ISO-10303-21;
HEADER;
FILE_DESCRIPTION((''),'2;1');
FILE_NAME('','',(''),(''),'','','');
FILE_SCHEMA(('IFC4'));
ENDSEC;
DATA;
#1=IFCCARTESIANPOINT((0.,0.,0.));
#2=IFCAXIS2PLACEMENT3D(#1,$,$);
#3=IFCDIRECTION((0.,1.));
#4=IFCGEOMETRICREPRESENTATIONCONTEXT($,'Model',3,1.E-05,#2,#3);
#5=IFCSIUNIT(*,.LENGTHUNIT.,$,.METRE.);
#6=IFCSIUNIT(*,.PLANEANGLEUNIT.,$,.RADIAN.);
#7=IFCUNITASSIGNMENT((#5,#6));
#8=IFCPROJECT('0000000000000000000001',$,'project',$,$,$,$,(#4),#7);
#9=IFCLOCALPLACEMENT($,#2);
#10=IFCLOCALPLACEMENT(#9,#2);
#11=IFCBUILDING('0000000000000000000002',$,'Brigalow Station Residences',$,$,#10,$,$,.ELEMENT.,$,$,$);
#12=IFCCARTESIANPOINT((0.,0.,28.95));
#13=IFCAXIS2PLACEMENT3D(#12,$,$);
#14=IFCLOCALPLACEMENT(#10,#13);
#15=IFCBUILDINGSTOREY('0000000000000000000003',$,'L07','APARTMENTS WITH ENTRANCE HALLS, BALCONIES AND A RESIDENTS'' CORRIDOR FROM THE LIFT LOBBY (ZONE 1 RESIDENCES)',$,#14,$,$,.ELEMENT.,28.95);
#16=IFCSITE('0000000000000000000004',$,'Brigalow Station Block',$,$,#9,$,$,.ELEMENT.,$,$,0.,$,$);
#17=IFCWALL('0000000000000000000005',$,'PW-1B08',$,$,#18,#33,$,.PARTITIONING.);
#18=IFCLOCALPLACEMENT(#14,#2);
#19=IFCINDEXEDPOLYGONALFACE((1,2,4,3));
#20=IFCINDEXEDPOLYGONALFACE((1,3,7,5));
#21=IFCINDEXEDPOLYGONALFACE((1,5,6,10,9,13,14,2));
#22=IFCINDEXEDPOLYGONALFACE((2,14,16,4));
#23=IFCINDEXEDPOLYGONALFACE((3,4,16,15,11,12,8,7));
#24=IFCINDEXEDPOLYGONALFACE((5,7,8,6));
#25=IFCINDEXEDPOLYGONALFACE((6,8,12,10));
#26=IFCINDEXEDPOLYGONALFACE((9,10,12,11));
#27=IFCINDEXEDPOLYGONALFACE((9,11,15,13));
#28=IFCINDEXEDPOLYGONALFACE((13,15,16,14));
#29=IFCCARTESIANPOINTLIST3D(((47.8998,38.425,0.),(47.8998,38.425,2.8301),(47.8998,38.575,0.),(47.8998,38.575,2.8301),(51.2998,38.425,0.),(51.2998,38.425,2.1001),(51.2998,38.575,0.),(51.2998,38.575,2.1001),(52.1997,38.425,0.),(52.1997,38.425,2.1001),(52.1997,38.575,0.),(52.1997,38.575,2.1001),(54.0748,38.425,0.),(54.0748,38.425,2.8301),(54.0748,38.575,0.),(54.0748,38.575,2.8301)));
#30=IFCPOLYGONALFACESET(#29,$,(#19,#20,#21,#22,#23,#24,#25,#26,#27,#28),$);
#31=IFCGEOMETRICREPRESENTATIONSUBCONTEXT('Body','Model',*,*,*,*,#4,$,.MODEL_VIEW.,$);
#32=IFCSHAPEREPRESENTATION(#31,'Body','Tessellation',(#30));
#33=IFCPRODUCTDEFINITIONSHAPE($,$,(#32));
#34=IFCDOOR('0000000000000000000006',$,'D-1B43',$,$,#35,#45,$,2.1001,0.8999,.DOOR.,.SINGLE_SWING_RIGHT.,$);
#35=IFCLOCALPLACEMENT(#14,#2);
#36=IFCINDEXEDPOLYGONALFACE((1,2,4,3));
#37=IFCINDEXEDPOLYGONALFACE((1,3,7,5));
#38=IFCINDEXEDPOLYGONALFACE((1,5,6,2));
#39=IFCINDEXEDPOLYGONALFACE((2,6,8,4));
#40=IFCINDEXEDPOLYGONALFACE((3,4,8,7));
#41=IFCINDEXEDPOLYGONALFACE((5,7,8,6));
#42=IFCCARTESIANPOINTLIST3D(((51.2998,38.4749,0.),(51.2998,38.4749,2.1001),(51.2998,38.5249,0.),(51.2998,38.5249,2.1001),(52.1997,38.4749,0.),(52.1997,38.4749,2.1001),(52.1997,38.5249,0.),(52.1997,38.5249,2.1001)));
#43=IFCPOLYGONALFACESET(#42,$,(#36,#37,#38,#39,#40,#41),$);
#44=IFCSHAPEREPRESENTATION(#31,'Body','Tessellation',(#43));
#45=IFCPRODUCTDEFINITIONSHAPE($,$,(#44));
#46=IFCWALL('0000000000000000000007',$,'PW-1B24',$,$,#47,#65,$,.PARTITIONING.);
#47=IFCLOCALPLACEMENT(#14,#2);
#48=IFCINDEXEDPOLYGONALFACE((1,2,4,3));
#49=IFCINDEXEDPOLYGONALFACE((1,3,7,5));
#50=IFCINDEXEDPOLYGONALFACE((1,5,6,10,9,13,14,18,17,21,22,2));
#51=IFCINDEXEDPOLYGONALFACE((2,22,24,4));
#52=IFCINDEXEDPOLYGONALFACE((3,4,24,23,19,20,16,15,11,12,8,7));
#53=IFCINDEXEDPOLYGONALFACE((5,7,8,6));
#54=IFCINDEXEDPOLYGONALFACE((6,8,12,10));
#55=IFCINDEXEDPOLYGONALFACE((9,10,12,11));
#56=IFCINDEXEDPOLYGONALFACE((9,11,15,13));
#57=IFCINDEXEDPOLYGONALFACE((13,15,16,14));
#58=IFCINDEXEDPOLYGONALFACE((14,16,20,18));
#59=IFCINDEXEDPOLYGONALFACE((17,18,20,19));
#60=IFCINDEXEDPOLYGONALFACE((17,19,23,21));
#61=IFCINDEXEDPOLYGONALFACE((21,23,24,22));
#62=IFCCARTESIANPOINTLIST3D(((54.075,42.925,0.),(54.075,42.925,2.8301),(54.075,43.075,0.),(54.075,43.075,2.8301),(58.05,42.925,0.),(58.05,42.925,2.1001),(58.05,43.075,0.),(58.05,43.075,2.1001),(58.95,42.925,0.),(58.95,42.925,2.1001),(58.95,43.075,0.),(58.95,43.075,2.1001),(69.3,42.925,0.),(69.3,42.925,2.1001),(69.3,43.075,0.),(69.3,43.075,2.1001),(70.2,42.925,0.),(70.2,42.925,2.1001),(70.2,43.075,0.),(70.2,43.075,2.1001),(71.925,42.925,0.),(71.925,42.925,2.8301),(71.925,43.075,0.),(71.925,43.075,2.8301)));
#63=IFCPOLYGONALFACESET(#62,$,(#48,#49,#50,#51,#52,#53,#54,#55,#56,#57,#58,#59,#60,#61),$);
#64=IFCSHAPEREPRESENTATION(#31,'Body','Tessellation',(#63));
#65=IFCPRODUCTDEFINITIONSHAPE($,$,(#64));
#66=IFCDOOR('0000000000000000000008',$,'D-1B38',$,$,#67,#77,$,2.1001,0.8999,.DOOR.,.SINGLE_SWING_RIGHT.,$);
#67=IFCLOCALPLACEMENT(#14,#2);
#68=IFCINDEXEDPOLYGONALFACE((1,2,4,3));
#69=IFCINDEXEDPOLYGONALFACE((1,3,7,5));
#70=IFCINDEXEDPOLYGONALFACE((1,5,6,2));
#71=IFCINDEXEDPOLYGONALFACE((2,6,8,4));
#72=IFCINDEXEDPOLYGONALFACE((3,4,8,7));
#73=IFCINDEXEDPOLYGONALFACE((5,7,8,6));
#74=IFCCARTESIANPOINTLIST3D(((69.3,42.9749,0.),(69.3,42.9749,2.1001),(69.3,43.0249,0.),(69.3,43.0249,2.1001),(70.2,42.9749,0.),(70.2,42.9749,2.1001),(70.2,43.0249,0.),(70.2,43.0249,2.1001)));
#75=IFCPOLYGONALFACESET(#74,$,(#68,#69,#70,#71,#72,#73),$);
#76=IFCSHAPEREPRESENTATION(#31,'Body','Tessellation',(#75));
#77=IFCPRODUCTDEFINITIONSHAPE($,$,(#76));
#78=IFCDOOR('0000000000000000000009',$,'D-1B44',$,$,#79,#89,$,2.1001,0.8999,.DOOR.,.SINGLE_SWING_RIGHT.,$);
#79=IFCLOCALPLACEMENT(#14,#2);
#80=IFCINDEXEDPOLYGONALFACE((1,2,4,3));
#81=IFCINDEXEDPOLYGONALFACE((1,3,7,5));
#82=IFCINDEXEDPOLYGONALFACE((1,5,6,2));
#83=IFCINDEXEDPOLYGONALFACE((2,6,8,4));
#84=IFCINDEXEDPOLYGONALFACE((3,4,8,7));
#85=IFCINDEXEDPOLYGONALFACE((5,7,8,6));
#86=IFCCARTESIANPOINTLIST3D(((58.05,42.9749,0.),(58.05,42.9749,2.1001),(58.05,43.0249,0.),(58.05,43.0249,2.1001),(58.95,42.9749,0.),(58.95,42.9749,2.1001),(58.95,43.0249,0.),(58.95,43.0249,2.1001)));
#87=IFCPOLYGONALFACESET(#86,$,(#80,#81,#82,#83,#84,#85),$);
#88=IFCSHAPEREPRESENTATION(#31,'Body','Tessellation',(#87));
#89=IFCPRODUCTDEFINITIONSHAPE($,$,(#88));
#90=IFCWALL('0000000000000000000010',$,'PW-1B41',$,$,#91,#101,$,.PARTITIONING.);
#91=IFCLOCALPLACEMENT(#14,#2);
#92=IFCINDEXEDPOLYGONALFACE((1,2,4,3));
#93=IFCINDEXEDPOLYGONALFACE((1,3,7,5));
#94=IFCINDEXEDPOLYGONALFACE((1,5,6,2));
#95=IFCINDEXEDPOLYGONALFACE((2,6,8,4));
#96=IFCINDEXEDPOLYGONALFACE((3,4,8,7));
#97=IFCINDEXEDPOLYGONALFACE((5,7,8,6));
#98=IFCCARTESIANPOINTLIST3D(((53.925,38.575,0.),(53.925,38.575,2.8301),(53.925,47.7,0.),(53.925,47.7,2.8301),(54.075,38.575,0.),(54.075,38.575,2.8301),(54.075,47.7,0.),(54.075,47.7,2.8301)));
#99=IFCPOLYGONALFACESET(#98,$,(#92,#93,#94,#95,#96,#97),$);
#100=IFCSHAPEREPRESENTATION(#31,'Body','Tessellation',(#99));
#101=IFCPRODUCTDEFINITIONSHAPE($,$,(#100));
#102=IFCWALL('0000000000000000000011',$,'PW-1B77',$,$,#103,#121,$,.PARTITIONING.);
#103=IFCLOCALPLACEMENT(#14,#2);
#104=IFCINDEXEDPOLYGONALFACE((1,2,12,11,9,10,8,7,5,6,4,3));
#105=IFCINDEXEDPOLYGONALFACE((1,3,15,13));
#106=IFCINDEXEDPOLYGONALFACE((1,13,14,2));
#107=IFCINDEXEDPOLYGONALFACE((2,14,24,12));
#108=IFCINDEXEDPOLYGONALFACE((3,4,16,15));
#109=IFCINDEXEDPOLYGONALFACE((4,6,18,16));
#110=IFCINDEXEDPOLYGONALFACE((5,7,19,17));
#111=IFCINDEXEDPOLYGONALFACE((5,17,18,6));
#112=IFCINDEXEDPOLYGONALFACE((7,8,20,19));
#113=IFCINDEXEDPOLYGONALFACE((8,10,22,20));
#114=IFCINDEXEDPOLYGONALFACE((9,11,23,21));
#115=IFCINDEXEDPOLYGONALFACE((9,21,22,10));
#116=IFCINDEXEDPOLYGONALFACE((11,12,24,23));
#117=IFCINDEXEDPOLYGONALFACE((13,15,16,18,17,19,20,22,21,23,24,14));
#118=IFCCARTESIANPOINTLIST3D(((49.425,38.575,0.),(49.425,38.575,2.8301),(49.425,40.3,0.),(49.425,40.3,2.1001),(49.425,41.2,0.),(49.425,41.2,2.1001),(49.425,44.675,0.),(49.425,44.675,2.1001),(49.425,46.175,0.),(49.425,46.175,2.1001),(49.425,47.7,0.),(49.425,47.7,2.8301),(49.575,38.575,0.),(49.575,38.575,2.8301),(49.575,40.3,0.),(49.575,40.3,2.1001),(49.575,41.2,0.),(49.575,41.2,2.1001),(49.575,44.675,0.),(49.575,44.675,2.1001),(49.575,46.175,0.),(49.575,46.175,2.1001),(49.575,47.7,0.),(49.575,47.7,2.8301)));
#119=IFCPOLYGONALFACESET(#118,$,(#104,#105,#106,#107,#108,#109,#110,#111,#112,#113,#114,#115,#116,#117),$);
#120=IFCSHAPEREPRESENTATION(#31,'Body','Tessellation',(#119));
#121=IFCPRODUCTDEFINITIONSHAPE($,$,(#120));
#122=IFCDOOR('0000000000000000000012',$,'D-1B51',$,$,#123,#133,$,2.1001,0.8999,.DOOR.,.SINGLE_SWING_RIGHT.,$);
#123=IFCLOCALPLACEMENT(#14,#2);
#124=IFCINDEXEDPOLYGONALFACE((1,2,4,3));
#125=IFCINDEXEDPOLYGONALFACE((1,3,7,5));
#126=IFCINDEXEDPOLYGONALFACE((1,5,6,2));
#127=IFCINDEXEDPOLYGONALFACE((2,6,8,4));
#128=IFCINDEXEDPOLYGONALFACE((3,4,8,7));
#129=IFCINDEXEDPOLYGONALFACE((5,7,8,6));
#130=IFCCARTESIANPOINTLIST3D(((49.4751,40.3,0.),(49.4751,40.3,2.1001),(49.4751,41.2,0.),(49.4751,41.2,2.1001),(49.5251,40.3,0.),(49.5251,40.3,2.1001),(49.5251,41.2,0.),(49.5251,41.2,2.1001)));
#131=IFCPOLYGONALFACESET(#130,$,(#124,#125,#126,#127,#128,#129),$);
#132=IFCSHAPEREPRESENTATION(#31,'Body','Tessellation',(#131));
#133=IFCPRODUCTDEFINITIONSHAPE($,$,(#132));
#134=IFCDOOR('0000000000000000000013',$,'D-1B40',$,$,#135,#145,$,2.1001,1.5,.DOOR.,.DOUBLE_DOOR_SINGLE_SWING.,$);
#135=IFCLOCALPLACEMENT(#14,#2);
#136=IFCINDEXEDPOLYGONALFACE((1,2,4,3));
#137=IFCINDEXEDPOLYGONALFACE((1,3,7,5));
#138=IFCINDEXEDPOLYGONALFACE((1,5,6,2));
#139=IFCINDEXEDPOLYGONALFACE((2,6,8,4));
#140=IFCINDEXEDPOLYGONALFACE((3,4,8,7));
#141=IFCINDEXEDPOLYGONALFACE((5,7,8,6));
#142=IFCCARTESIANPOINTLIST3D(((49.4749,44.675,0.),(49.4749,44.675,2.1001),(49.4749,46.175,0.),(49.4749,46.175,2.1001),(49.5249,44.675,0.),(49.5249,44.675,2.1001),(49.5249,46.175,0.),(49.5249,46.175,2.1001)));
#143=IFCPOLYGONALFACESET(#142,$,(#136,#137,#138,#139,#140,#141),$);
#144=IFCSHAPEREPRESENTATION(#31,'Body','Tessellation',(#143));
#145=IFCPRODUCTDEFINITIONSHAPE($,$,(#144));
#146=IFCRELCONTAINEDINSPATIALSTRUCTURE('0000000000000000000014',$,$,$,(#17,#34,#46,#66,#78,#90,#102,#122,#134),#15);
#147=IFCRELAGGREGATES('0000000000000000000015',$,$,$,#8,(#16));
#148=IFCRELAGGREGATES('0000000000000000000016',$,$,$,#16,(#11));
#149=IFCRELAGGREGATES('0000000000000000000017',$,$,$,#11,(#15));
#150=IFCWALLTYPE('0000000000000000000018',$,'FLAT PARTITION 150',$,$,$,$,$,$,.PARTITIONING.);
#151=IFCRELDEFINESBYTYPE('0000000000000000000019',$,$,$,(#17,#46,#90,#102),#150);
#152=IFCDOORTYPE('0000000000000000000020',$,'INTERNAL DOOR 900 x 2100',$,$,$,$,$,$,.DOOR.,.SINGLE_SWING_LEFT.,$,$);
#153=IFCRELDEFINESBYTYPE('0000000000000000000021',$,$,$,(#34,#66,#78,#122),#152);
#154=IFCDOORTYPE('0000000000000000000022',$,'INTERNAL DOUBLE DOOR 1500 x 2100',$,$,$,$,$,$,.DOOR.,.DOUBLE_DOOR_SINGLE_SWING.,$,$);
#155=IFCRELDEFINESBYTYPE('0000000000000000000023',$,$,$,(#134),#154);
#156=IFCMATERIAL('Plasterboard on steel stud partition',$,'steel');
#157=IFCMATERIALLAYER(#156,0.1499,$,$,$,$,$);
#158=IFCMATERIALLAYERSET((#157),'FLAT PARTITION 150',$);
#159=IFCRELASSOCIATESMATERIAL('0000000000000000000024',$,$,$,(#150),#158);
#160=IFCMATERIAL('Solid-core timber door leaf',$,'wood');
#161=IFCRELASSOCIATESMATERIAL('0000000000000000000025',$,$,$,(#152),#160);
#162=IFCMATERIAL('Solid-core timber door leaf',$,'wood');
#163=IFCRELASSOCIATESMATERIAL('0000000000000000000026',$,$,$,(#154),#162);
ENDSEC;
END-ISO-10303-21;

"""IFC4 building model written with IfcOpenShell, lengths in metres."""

from ifc_helpers import new_model, si_unit, direction, frame, frame_2d, origin, place, context, subcontext, project, spatial, rectangle, extrude, material, layer, layer_set, type_object, element, fill, save


model = new_model("IFC4")

# Units and contexts
model_context = context("Model", 3, precision=1e-05, world=origin(), true_north=direction((0.0, 1.0)))
body_context = subcontext(model_context, "Body", "Model", "MODEL_VIEW")
ifc_project = project(units=[si_unit("LENGTHUNIT", "METRE"), si_unit("PLANEANGLEUNIT", "RADIAN")], contexts=[model_context])

# Site, building, storey
site_placement = place(None, origin())
site = spatial("IfcSite", under=ifc_project, at=site_placement, Name="Brigalow Station Block", CompositionType="ELEMENT", RefElevation=0.0)
building_placement = place(site_placement, origin())
building = spatial("IfcBuilding", under=site, at=building_placement, Name="Brigalow Station Residences", CompositionType="ELEMENT")
storey_placement = place(building_placement, frame((0.0, 0.0, 28.95)))
storey = spatial("IfcBuildingStorey", under=building, at=storey_placement, Name="L07", Description="APARTMENTS WITH ENTRANCE HALLS, BALCONIES AND A RESIDENTS' CORRIDOR FROM THE LIFT LOBBY (ZONE 1 RESIDENCES)", CompositionType="ELEMENT", Elevation=28.95)

# Wall, opening, door
ifc_material_1 = material(Name="Plasterboard on steel stud partition", Category="steel")
ifc_layer_1 = layer(ifc_material_1, 0.1499)
ifc_layer_set_1 = layer_set([ifc_layer_1], Name="FLAT PARTITION 150")
wall_type_1 = type_object("IfcWallType", Name="FLAT PARTITION 150", PredefinedType="PARTITIONING", material=ifc_layer_set_1)
wall_1_placement = place(storey_placement, frame((47.8999, 38.5, 0.0), z_axis=(0.0, 0.0, 1.0), x_axis=(1.0, 0.0, 0.0)))
wall_1 = element("IfcWall", 1, at=wall_1_placement, inside=storey, type_object=wall_type_1, Name="PW-1B08", PredefinedType="PARTITIONING", context=body_context, shape_type="SweptSolid", body=[
    extrude(rectangle(XDim=6.175, YDim=0.1499, at=frame_2d((3.0874, 0.0))), origin(), (0.0, 0.0, 1.0), 2.8301),
])
opening_1_placement = place(wall_1_placement, frame((3.3999, 0.0, 0.0)))
opening_1 = element("IfcOpeningElement", 2, at=opening_1_placement, cuts=wall_1, PredefinedType="OPENING", context=body_context, shape_type="SweptSolid", body=[
    extrude(rectangle(XDim=0.8999, YDim=2.1001, at=frame_2d((0.45, 1.05))), frame((0.0, 0.085, 0.0), z_axis=(0.0, -1.0, 0.0), x_axis=(1.0, 0.0, 0.0)), (0.0, 0.0, 1.0), 0.1699),
])
ifc_material_2 = material(Name="Solid-core timber door leaf", Category="wood")
door_type_1 = type_object("IfcDoorType", Name="INTERNAL DOOR 900 x 2100", OperationType="SINGLE_SWING_LEFT", PredefinedType="DOOR", material=ifc_material_2)
door_1_placement = place(opening_1_placement, origin())
door_1 = element("IfcDoor", 3, at=door_1_placement, inside=storey, type_object=door_type_1, Name="D-1B43", OperationType="SINGLE_SWING_RIGHT", OverallHeight=2.1001, OverallWidth=0.8999, PredefinedType="DOOR", context=body_context, shape_type="SweptSolid", body=[
    extrude(rectangle(XDim=0.8999, YDim=2.1001, at=frame_2d((0.45, 1.05))), frame((0.0, 0.0249, 0.0), z_axis=(0.0, -1.0, 0.0), x_axis=(1.0, 0.0, 0.0)), (0.0, 0.0, 1.0), 0.05),
])
fill(opening_1, door_1)

# Wall, openings, doors
wall_2_placement = place(storey_placement, frame((54.075, 43.0, 0.0), z_axis=(0.0, 0.0, 1.0), x_axis=(1.0, 0.0, 0.0)))
wall_2 = element("IfcWall", 4, at=wall_2_placement, inside=storey, type_object=wall_type_1, Name="PW-1B24", PredefinedType="PARTITIONING", context=body_context, shape_type="SweptSolid", body=[
    extrude(rectangle(XDim=17.8501, YDim=0.1499, at=frame_2d((8.925, 0.0))), origin(), (0.0, 0.0, 1.0), 2.8301),
])
opening_2_placement = place(wall_2_placement, frame((15.2251, 0.0, 0.0)))
opening_2 = element("IfcOpeningElement", 5, at=opening_2_placement, cuts=wall_2, PredefinedType="OPENING", context=body_context, shape_type="SweptSolid", body=[
    extrude(rectangle(XDim=0.8999, YDim=2.1001, at=frame_2d((0.45, 1.05))), frame((0.0, 0.085, 0.0), z_axis=(0.0, -1.0, 0.0), x_axis=(1.0, 0.0, 0.0)), (0.0, 0.0, 1.0), 0.1699),
])
opening_3_placement = place(wall_2_placement, frame((3.9751, 0.0, 0.0)))
opening_3 = element("IfcOpeningElement", 6, at=opening_3_placement, cuts=wall_2, PredefinedType="OPENING", context=body_context, shape_type="SweptSolid", body=[
    extrude(rectangle(XDim=0.8999, YDim=2.1001, at=frame_2d((0.45, 1.05))), frame((0.0, 0.085, 0.0), z_axis=(0.0, -1.0, 0.0), x_axis=(1.0, 0.0, 0.0)), (0.0, 0.0, 1.0), 0.1699),
])
door_2_placement = place(opening_2_placement, origin())
door_2 = element("IfcDoor", 7, at=door_2_placement, inside=storey, type_object=door_type_1, Name="D-1B38", OperationType="SINGLE_SWING_RIGHT", OverallHeight=2.1001, OverallWidth=0.8999, PredefinedType="DOOR", context=body_context, shape_type="SweptSolid", body=[
    extrude(rectangle(XDim=0.8999, YDim=2.1001, at=frame_2d((0.45, 1.05))), frame((0.0, 0.0249, 0.0), z_axis=(0.0, -1.0, 0.0), x_axis=(1.0, 0.0, 0.0)), (0.0, 0.0, 1.0), 0.05),
])
fill(opening_2, door_2)
door_3_placement = place(opening_3_placement, origin())
door_3 = element("IfcDoor", 8, at=door_3_placement, inside=storey, type_object=door_type_1, Name="D-1B44", OperationType="SINGLE_SWING_RIGHT", OverallHeight=2.1001, OverallWidth=0.8999, PredefinedType="DOOR", context=body_context, shape_type="SweptSolid", body=[
    extrude(rectangle(XDim=0.8999, YDim=2.1001, at=frame_2d((0.45, 1.05))), frame((0.0, 0.0249, 0.0), z_axis=(0.0, -1.0, 0.0), x_axis=(1.0, 0.0, 0.0)), (0.0, 0.0, 1.0), 0.05),
])
fill(opening_3, door_3)

# Wall
wall_3_placement = place(storey_placement, frame((54.0, 38.575, 0.0), z_axis=(0.0, 0.0, 1.0), x_axis=(0.0, 1.0, 0.0)))
element("IfcWall", 9, at=wall_3_placement, inside=storey, type_object=wall_type_1, Name="PW-1B41", PredefinedType="PARTITIONING", context=body_context, shape_type="SweptSolid", body=[
    extrude(rectangle(XDim=9.125, YDim=0.1499, at=frame_2d((4.5625, 0.0))), origin(), (0.0, 0.0, 1.0), 2.8301),
])

# Wall, openings, doors
wall_4_placement = place(storey_placement, frame((49.5, 38.575, 0.0), z_axis=(0.0, 0.0, 1.0), x_axis=(0.0, 1.0, 0.0)))
wall_4 = element("IfcWall", 10, at=wall_4_placement, inside=storey, type_object=wall_type_1, Name="PW-1B77", PredefinedType="PARTITIONING", context=body_context, shape_type="SweptSolid", body=[
    extrude(rectangle(XDim=9.125, YDim=0.1499, at=frame_2d((4.5625, 0.0))), origin(), (0.0, 0.0, 1.0), 2.8301),
])
opening_4_placement = place(wall_4_placement, frame((6.1001, 0.0, 0.0)))
opening_4 = element("IfcOpeningElement", 11, at=opening_4_placement, cuts=wall_4, PredefinedType="OPENING", context=body_context, shape_type="SweptSolid", body=[
    extrude(rectangle(XDim=1.5, YDim=2.1001, at=frame_2d((0.75, 1.05))), frame((0.0, 0.085, 0.0), z_axis=(0.0, -1.0, 0.0), x_axis=(1.0, 0.0, 0.0)), (0.0, 0.0, 1.0), 0.1699),
])
opening_5_placement = place(wall_4_placement, frame((1.7251, 0.0, 0.0)))
opening_5 = element("IfcOpeningElement", 12, at=opening_5_placement, cuts=wall_4, PredefinedType="OPENING", context=body_context, shape_type="SweptSolid", body=[
    extrude(rectangle(XDim=0.8999, YDim=2.1001, at=frame_2d((0.45, 1.05))), frame((0.0, 0.085, 0.0), z_axis=(0.0, -1.0, 0.0), x_axis=(1.0, 0.0, 0.0)), (0.0, 0.0, 1.0), 0.1699),
])
door_4_placement = place(opening_5_placement, origin())
door_4 = element("IfcDoor", 13, at=door_4_placement, inside=storey, type_object=door_type_1, Name="D-1B51", OperationType="SINGLE_SWING_RIGHT", OverallHeight=2.1001, OverallWidth=0.8999, PredefinedType="DOOR", context=body_context, shape_type="SweptSolid", body=[
    extrude(rectangle(XDim=0.8999, YDim=2.1001, at=frame_2d((0.45, 1.05))), frame((0.0, 0.0249, 0.0), z_axis=(0.0, -1.0, 0.0), x_axis=(1.0, 0.0, 0.0)), (0.0, 0.0, 1.0), 0.05),
])
fill(opening_5, door_4)
ifc_material_3 = material(Name="Solid-core timber door leaf", Category="wood")
door_type_2 = type_object("IfcDoorType", Name="INTERNAL DOUBLE DOOR 1500 x 2100", OperationType="DOUBLE_DOOR_SINGLE_SWING", PredefinedType="DOOR", material=ifc_material_3)
door_5_placement = place(opening_4_placement, frame((1.5, 0.0, 0.0), z_axis=(0.0, 0.0, 1.0), x_axis=(-1.0, 0.0, 0.0)))
door_5 = element("IfcDoor", 14, at=door_5_placement, inside=storey, type_object=door_type_2, Name="D-1B40", OperationType="DOUBLE_DOOR_SINGLE_SWING", OverallHeight=2.1001, OverallWidth=1.5, PredefinedType="DOOR", context=body_context, shape_type="SweptSolid", body=[
    extrude(rectangle(XDim=1.5, YDim=2.1001, at=frame_2d((0.75, 1.05))), frame((0.0, 0.0249, 0.0), z_axis=(0.0, -1.0, 0.0), x_axis=(1.0, 0.0, 0.0)), (0.0, 0.0, 1.0), 0.05),
])
fill(opening_4, door_5)

save(model, "model.ifc")
